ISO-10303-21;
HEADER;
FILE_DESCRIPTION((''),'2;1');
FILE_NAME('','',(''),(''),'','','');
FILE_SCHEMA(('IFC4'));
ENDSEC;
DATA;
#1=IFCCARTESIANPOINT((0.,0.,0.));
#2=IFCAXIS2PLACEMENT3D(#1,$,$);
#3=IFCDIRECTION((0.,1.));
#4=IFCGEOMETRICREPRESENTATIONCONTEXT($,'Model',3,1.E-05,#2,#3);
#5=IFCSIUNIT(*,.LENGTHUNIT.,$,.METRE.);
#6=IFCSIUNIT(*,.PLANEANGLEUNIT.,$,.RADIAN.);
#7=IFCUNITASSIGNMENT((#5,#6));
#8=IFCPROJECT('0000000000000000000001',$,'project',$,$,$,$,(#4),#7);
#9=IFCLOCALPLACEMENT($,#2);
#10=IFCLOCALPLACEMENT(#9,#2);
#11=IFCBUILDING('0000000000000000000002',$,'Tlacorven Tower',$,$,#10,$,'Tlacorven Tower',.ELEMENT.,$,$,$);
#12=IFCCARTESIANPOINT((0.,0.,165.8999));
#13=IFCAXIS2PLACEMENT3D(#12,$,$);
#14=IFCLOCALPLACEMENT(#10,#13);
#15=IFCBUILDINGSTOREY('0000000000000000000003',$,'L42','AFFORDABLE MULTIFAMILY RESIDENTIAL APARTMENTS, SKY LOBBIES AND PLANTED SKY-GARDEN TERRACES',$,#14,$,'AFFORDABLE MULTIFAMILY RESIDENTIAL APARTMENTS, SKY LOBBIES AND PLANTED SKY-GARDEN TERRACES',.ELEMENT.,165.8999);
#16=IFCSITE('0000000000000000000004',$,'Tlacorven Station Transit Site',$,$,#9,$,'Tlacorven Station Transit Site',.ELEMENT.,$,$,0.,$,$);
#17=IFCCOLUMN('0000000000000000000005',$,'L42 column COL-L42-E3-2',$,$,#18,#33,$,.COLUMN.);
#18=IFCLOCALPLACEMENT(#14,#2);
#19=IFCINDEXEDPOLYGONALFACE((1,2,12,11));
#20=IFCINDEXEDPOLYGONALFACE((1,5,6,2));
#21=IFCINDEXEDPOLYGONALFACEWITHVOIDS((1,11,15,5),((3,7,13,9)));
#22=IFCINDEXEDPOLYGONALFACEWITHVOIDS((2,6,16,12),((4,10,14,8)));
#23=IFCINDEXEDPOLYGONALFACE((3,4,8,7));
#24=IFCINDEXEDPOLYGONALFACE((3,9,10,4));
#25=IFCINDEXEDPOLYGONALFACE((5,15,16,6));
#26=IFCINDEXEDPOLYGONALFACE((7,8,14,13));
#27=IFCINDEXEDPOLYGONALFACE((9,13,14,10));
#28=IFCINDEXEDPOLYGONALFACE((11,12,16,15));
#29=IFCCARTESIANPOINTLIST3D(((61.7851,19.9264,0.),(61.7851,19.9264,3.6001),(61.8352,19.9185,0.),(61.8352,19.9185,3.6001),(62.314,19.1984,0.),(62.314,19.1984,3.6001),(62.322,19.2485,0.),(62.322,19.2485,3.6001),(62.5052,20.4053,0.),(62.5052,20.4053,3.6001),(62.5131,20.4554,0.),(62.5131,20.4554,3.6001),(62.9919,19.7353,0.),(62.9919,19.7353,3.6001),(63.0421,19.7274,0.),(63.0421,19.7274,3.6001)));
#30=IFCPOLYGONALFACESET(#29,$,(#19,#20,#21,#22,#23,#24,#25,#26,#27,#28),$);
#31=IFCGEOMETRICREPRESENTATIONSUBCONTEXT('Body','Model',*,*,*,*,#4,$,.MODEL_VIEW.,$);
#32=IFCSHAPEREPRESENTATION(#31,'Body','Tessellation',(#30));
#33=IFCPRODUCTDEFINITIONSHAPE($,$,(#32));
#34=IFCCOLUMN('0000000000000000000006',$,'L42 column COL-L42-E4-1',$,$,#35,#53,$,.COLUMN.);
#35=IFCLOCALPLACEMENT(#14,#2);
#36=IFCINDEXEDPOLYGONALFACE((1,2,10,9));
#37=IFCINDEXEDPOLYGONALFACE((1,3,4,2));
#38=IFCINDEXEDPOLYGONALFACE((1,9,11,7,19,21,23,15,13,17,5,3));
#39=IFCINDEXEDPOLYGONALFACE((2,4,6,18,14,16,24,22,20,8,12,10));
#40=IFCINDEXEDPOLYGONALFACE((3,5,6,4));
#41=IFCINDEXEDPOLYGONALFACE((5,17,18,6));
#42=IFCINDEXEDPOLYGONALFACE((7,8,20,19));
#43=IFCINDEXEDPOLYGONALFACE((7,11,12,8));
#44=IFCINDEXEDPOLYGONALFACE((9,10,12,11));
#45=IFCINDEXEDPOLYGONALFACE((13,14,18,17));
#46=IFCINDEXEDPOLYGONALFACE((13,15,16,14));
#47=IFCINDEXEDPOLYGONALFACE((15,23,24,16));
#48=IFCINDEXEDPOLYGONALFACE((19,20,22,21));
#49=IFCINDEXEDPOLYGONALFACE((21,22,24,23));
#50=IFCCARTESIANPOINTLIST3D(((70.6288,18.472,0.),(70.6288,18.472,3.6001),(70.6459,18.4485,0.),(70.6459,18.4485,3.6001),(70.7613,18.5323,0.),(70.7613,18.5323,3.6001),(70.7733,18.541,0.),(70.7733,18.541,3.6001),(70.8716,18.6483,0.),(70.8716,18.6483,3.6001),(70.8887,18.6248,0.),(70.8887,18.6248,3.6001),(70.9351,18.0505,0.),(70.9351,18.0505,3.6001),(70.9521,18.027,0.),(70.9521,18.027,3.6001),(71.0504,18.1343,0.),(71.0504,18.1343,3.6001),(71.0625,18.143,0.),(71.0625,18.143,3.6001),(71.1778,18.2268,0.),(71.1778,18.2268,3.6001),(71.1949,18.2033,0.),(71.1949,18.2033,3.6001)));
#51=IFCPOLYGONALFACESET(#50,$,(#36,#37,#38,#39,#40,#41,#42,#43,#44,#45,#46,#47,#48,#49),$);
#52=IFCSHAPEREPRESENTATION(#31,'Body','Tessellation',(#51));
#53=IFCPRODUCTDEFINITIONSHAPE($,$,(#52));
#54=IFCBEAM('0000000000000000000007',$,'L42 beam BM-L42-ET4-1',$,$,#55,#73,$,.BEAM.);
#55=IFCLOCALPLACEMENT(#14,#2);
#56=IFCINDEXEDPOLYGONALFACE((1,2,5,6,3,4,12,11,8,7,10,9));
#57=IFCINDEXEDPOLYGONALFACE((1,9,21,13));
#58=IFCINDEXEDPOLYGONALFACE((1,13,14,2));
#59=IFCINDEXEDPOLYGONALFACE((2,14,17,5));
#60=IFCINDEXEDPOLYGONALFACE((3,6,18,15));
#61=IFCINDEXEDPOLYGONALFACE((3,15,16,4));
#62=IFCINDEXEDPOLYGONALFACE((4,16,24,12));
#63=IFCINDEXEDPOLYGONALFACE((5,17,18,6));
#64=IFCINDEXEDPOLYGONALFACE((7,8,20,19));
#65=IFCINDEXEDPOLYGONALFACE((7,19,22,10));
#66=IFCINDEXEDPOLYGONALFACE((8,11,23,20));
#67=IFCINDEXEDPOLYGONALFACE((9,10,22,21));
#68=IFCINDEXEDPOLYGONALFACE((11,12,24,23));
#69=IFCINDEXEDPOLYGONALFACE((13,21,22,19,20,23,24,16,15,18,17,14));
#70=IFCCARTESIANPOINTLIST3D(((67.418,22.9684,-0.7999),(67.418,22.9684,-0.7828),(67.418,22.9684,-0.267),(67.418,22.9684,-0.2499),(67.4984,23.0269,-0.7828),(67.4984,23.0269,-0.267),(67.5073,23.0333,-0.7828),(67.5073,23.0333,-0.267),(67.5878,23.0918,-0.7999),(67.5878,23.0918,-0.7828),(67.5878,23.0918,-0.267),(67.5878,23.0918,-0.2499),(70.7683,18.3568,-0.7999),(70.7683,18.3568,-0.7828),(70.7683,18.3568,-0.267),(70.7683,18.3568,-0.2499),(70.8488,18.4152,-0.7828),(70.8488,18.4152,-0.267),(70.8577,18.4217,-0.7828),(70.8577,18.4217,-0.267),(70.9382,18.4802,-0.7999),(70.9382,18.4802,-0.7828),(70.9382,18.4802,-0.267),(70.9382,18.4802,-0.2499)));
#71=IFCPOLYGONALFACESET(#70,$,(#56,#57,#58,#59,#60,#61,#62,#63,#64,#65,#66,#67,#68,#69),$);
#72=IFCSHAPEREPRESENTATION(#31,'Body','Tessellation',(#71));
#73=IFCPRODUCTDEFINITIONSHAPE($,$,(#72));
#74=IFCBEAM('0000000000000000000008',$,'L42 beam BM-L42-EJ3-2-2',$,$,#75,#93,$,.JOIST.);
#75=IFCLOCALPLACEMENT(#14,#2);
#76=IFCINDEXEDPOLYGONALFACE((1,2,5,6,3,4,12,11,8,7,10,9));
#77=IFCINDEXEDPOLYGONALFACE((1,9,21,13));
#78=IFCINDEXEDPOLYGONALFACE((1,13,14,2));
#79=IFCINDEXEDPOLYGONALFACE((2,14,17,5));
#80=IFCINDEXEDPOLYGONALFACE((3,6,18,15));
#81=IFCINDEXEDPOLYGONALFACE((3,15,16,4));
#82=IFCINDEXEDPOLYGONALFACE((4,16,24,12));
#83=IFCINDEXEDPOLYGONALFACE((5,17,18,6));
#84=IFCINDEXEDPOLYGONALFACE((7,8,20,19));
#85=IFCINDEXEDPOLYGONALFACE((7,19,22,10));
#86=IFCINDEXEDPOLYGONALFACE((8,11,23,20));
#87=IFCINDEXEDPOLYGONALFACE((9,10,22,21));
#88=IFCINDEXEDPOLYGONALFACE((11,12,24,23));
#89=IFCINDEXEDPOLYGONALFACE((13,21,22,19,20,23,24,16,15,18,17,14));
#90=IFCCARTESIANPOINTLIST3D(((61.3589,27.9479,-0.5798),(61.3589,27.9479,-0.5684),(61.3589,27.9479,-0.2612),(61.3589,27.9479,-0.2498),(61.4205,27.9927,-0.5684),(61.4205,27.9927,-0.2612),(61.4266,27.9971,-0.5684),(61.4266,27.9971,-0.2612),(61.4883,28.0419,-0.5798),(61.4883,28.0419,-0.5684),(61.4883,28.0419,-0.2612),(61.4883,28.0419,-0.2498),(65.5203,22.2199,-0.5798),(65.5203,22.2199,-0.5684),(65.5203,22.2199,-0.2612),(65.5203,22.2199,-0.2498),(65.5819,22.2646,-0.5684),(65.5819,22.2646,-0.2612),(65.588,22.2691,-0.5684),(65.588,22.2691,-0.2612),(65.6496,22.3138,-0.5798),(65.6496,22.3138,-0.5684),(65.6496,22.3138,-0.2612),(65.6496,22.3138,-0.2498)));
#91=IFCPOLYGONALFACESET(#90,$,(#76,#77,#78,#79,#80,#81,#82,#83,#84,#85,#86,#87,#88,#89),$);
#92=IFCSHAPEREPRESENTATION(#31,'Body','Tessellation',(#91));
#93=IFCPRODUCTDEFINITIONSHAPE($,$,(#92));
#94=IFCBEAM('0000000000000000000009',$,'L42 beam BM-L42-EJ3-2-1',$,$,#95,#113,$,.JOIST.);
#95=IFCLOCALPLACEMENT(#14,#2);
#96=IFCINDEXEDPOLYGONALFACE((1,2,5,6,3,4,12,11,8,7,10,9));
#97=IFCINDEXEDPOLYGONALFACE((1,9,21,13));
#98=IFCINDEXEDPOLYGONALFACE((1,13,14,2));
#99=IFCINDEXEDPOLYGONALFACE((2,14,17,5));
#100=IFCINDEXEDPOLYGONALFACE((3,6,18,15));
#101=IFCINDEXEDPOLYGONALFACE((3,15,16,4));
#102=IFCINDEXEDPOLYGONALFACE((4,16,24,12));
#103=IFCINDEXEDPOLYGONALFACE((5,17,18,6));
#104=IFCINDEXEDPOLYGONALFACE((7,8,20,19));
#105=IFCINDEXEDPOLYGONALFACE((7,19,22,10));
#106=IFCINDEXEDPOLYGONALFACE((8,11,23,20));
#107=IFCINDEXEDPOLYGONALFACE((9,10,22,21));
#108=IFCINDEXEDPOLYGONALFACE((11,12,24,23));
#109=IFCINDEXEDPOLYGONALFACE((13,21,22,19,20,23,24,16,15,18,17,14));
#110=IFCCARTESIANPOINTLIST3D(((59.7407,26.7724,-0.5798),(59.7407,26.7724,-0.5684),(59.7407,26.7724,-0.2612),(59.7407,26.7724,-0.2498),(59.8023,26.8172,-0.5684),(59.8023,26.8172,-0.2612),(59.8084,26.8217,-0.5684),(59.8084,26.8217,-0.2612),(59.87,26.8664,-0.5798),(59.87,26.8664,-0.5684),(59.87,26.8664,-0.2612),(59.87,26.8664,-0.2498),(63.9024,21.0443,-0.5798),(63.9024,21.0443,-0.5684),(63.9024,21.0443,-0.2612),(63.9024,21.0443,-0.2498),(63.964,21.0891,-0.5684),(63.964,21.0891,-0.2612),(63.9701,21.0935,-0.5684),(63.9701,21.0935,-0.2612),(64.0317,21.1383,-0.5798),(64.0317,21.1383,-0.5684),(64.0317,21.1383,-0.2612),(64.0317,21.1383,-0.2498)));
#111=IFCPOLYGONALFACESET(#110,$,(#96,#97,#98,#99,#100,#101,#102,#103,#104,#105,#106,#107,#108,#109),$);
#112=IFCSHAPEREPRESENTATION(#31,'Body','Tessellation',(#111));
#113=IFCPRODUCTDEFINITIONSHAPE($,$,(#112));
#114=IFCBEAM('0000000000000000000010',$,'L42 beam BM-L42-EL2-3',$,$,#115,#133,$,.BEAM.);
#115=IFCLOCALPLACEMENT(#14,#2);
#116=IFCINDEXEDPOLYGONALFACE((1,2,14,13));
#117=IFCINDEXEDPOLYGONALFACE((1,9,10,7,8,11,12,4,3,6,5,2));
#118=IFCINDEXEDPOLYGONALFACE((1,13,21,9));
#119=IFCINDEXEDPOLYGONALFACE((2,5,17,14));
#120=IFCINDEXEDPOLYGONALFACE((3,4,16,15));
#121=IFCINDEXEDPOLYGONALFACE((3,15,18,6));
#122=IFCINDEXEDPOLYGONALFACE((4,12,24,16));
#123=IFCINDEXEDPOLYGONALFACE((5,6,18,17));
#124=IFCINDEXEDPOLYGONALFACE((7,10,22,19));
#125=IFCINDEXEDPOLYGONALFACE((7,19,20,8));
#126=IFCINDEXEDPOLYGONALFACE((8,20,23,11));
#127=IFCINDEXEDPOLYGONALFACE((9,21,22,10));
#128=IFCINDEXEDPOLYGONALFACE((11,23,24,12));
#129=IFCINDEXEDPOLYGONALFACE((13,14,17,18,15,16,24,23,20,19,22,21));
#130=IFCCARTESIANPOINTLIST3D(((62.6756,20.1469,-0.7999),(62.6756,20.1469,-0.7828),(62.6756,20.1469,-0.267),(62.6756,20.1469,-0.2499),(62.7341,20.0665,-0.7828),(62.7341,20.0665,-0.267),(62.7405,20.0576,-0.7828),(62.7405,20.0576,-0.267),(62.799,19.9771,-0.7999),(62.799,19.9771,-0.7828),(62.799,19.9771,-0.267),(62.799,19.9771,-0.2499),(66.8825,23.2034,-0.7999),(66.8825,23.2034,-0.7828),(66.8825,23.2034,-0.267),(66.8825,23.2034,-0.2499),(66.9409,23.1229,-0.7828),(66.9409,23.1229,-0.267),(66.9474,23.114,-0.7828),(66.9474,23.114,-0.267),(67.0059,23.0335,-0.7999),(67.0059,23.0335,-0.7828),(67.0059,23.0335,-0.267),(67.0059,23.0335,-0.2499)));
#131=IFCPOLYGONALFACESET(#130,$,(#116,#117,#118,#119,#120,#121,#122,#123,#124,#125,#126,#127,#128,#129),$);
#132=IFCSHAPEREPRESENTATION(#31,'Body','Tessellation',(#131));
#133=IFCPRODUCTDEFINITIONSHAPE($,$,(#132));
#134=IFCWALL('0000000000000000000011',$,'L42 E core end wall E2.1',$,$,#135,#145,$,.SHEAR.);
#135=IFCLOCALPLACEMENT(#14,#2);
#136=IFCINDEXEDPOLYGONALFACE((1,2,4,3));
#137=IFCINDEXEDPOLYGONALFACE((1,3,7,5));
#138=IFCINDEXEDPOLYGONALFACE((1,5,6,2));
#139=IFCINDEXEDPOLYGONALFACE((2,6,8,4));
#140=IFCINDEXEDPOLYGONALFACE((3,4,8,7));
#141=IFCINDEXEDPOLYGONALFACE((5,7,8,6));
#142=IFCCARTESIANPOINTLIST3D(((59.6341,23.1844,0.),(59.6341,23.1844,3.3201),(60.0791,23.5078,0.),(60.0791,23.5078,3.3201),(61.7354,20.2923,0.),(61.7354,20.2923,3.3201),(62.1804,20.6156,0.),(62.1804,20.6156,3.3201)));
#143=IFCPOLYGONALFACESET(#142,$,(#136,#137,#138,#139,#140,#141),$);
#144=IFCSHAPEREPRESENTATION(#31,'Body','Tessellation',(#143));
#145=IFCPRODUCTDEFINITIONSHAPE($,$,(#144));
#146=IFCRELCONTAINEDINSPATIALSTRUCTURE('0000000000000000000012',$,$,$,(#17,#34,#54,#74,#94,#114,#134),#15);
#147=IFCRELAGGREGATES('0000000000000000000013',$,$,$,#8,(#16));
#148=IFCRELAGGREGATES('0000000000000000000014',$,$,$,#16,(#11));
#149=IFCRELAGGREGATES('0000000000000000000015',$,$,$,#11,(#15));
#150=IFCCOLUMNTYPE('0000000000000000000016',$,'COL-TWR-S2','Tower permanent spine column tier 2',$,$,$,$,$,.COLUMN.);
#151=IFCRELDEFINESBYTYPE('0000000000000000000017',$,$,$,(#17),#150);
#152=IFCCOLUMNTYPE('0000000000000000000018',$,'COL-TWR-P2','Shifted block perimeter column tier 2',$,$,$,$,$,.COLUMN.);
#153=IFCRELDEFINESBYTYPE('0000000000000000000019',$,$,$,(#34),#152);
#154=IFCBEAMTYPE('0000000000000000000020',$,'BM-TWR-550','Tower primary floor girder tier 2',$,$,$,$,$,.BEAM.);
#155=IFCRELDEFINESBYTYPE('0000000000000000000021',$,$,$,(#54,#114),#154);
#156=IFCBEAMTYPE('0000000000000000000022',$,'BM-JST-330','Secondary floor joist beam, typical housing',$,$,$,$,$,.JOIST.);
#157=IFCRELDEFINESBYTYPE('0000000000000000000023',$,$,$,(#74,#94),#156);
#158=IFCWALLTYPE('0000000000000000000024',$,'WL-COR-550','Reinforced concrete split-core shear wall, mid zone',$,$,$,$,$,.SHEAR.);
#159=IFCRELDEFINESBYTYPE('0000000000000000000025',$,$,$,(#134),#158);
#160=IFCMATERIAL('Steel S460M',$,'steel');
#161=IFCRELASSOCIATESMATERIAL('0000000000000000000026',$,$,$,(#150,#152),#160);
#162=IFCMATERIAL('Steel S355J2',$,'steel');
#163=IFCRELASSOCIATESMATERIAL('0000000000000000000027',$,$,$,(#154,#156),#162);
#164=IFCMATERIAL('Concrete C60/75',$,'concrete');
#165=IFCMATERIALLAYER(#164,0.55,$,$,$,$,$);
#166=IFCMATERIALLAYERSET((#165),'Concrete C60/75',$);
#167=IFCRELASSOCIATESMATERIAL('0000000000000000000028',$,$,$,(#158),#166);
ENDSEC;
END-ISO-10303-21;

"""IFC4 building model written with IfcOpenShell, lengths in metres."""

from ifc_helpers import new_model, si_unit, direction, frame, frame_2d, origin, origin_2d, place, context, subcontext, project, spatial, rectangle, hollow_rectangle, i_section, extrude, source, transform, mapped, material, layer, layer_set, material_profile, profile_set, type_object, element, save


model = new_model("IFC4")

# Units and contexts
model_context = context("Model", 3, precision=1e-05, world=origin(), true_north=direction((0.0, 1.0)))
body_context = subcontext(model_context, "Body", "Model", "MODEL_VIEW")
ifc_project = project(units=[si_unit("LENGTHUNIT", "METRE"), si_unit("PLANEANGLEUNIT", "RADIAN")], contexts=[model_context])

# Site, building, storey
site_placement = place(None, origin())
site = spatial("IfcSite", under=ifc_project, at=site_placement, Name="Tlacorven Station Transit Site", LongName="Tlacorven Station Transit Site", CompositionType="ELEMENT", RefElevation=0.0)
building_placement = place(site_placement, origin())
building = spatial("IfcBuilding", under=site, at=building_placement, Name="Tlacorven Tower", LongName="Tlacorven Tower", CompositionType="ELEMENT")
storey_placement = place(building_placement, frame((0.0, 0.0, 165.8999)))
storey = spatial("IfcBuildingStorey", under=building, at=storey_placement, Name="L42", Description="AFFORDABLE MULTIFAMILY RESIDENTIAL APARTMENTS, SKY LOBBIES AND PLANTED SKY-GARDEN TERRACES", LongName="AFFORDABLE MULTIFAMILY RESIDENTIAL APARTMENTS, SKY LOBBIES AND PLANTED SKY-GARDEN TERRACES", CompositionType="ELEMENT", Elevation=165.8999)

# Columns
ifc_material_1 = material(Name="Steel S460M", Category="steel")
ifc_material_profile_1 = material_profile(ifc_material_1, hollow_rectangle(XDim=0.8999, YDim=0.8999, WallThickness=0.0359, at=origin_2d()), Name="BOX 900X900X36")
ifc_profile_set_1 = profile_set([ifc_material_profile_1], Name="Steel S460M")
column_type_1 = type_object("IfcColumnType", Name="COL-TWR-S2", Description="Tower permanent spine column tier 2", PredefinedType="COLUMN", material=ifc_profile_set_1)
shared_shape_1 = source(origin(), body_context, "Body", "SweptSolid", [
    extrude(hollow_rectangle(XDim=0.8999, YDim=0.8999, WallThickness=0.0359, at=origin_2d()), origin(), (0.0, 0.0, 1.0), 3.6001),
])
column_1_placement = place(storey_placement, frame((62.4136, 19.8269, 0.0), z_axis=(0.0, 0.0, 1.0), x_axis=(0.809017, 0.587785, 0.0)))
element("IfcColumn", 1, at=column_1_placement, inside=storey, type_object=column_type_1, Name="L42 column COL-L42-E3-2", PredefinedType="COLUMN", context=body_context, shape_type="MappedRepresentation", body=[
    mapped(shared_shape_1, transform((0.0, 0.0, 0.0), scale=1.0)),
])
ifc_material_profile_2 = material_profile(ifc_material_1, i_section(OverallWidth=0.3, OverallDepth=0.55, WebThickness=0.0149, FlangeThickness=0.0291, at=origin_2d()), Name="HEB 550")
ifc_profile_set_2 = profile_set([ifc_material_profile_2], Name="Steel S460M")
column_type_2 = type_object("IfcColumnType", Name="COL-TWR-P2", Description="Shifted block perimeter column tier 2", PredefinedType="COLUMN", material=ifc_profile_set_2)
shared_shape_2 = source(origin(), body_context, "Body", "SweptSolid", [
    extrude(i_section(OverallWidth=0.3, OverallDepth=0.55, WebThickness=0.0149, FlangeThickness=0.0291, at=origin_2d()), origin(), (0.0, 0.0, 1.0), 3.6001),
])
column_2_placement = place(storey_placement, frame((70.9119, 18.3376, 0.0), z_axis=(0.0, 0.0, 1.0), x_axis=(0.809017, 0.587785, 0.0)))
element("IfcColumn", 2, at=column_2_placement, inside=storey, type_object=column_type_2, Name="L42 column COL-L42-E4-1", PredefinedType="COLUMN", context=body_context, shape_type="MappedRepresentation", body=[
    mapped(shared_shape_2, transform((0.0, 0.0, 0.0), scale=1.0)),
])

# Beams
ifc_material_2 = material(Name="Steel S355J2", Category="steel")
ifc_material_profile_3 = material_profile(ifc_material_2, i_section(OverallWidth=0.21, OverallDepth=0.55, WebThickness=0.011, FlangeThickness=0.0171, at=origin_2d()), Name="IPE 550")
ifc_profile_set_3 = profile_set([ifc_material_profile_3], Name="Steel S355J2")
beam_type_1 = type_object("IfcBeamType", Name="BM-TWR-550", Description="Tower primary floor girder tier 2", PredefinedType="BEAM", material=ifc_profile_set_3)
shared_shape_3 = source(origin(), body_context, "Body", "SweptSolid", [
    extrude(i_section(OverallWidth=0.21, OverallDepth=0.55, WebThickness=0.011, FlangeThickness=0.0171, at=origin_2d()), origin(), (0.0, 0.0, 1.0), 5.7002),
])
beam_1_placement = place(storey_placement, frame((70.8533, 18.4185, -0.5249), z_axis=(-0.587767, 0.80903, 0.0), x_axis=(-0.80903, -0.587767, 0.0)))
element("IfcBeam", 3, at=beam_1_placement, inside=storey, type_object=beam_type_1, Name="L42 beam BM-L42-ET4-1", PredefinedType="BEAM", context=body_context, shape_type="MappedRepresentation", body=[
    mapped(shared_shape_3, transform((0.0, 0.0, 0.0), scale=1.0)),
])
ifc_material_profile_4 = material_profile(ifc_material_2, i_section(OverallWidth=0.1599, OverallDepth=0.3301, WebThickness=0.0076, FlangeThickness=0.0115, at=origin_2d()), Name="IPE 330")
ifc_profile_set_4 = profile_set([ifc_material_profile_4], Name="Steel S355J2")
beam_type_2 = type_object("IfcBeamType", Name="BM-JST-330", Description="Secondary floor joist beam, typical housing", PredefinedType="JOIST", material=ifc_profile_set_4)
shared_shape_4 = source(origin(), body_context, "Body", "SweptSolid", [
    extrude(i_section(OverallWidth=0.1599, OverallDepth=0.3301, WebThickness=0.0076, FlangeThickness=0.0115, at=origin_2d()), origin(), (0.0, 0.0, 1.0), 7.0801),
])
beam_2_placement = place(storey_placement, frame((65.585, 22.2668, -0.4148), z_axis=(-0.58776, 0.809036, 0.0), x_axis=(-0.809036, -0.58776, 0.0)))
element("IfcBeam", 4, at=beam_2_placement, inside=storey, type_object=beam_type_2, Name="L42 beam BM-L42-EJ3-2-2", PredefinedType="JOIST", context=body_context, shape_type="MappedRepresentation", body=[
    mapped(shared_shape_4, transform((0.0, 0.0, 0.0), scale=1.0)),
])
shared_shape_5 = source(origin(), body_context, "Body", "SweptSolid", [
    extrude(i_section(OverallWidth=0.1599, OverallDepth=0.3301, WebThickness=0.0076, FlangeThickness=0.0115, at=origin_2d()), origin(), (0.0, 0.0, 1.0), 7.0803),
])
beam_3_placement = place(storey_placement, frame((63.967, 21.0913, -0.4148), z_axis=(-0.587782, 0.809019, 0.0), x_axis=(-0.809019, -0.587782, 0.0)))
element("IfcBeam", 5, at=beam_3_placement, inside=storey, type_object=beam_type_2, Name="L42 beam BM-L42-EJ3-2-1", PredefinedType="JOIST", context=body_context, shape_type="MappedRepresentation", body=[
    mapped(shared_shape_5, transform((0.0, 0.0, 0.0), scale=1.0)),
])
shared_shape_6 = source(origin(), body_context, "Body", "SweptSolid", [
    extrude(i_section(OverallWidth=0.21, OverallDepth=0.55, WebThickness=0.011, FlangeThickness=0.0171, at=origin_2d()), origin(), (0.0, 0.0, 1.0), 5.2),
])
beam_4_placement = place(storey_placement, frame((62.7373, 20.062, -0.5249), z_axis=(0.809018, 0.587784, 0.0), x_axis=(-0.587784, 0.809018, 0.0)))
element("IfcBeam", 6, at=beam_4_placement, inside=storey, type_object=beam_type_1, Name="L42 beam BM-L42-EL2-3", PredefinedType="BEAM", context=body_context, shape_type="MappedRepresentation", body=[
    mapped(shared_shape_6, transform((0.0, 0.0, 0.0), scale=1.0)),
])

# Wall
ifc_material_3 = material(Name="Concrete C60/75", Category="concrete")
ifc_layer_1 = layer(ifc_material_3, 0.55)
ifc_layer_set_1 = layer_set([ifc_layer_1], Name="Concrete C60/75")
wall_type_1 = type_object("IfcWallType", Name="WL-COR-550", Description="Reinforced concrete split-core shear wall, mid zone", PredefinedType="SHEAR", material=ifc_layer_set_1)
wall_1_placement = place(storey_placement, frame((61.958, 20.4539, 0.0), z_axis=(0.0, 0.0, 1.0), x_axis=(-0.587802, 0.809005, 0.0)))
element("IfcWall", 7, at=wall_1_placement, inside=storey, type_object=wall_type_1, Name="L42 E core end wall E2.1", PredefinedType="SHEAR", context=body_context, shape_type="SweptSolid", body=[
    extrude(rectangle(XDim=3.575, YDim=0.55, at=frame_2d((1.7876, 0.0))), origin(), (0.0, 0.0, 1.0), 3.3201),
])

save(model, "model.ifc")
